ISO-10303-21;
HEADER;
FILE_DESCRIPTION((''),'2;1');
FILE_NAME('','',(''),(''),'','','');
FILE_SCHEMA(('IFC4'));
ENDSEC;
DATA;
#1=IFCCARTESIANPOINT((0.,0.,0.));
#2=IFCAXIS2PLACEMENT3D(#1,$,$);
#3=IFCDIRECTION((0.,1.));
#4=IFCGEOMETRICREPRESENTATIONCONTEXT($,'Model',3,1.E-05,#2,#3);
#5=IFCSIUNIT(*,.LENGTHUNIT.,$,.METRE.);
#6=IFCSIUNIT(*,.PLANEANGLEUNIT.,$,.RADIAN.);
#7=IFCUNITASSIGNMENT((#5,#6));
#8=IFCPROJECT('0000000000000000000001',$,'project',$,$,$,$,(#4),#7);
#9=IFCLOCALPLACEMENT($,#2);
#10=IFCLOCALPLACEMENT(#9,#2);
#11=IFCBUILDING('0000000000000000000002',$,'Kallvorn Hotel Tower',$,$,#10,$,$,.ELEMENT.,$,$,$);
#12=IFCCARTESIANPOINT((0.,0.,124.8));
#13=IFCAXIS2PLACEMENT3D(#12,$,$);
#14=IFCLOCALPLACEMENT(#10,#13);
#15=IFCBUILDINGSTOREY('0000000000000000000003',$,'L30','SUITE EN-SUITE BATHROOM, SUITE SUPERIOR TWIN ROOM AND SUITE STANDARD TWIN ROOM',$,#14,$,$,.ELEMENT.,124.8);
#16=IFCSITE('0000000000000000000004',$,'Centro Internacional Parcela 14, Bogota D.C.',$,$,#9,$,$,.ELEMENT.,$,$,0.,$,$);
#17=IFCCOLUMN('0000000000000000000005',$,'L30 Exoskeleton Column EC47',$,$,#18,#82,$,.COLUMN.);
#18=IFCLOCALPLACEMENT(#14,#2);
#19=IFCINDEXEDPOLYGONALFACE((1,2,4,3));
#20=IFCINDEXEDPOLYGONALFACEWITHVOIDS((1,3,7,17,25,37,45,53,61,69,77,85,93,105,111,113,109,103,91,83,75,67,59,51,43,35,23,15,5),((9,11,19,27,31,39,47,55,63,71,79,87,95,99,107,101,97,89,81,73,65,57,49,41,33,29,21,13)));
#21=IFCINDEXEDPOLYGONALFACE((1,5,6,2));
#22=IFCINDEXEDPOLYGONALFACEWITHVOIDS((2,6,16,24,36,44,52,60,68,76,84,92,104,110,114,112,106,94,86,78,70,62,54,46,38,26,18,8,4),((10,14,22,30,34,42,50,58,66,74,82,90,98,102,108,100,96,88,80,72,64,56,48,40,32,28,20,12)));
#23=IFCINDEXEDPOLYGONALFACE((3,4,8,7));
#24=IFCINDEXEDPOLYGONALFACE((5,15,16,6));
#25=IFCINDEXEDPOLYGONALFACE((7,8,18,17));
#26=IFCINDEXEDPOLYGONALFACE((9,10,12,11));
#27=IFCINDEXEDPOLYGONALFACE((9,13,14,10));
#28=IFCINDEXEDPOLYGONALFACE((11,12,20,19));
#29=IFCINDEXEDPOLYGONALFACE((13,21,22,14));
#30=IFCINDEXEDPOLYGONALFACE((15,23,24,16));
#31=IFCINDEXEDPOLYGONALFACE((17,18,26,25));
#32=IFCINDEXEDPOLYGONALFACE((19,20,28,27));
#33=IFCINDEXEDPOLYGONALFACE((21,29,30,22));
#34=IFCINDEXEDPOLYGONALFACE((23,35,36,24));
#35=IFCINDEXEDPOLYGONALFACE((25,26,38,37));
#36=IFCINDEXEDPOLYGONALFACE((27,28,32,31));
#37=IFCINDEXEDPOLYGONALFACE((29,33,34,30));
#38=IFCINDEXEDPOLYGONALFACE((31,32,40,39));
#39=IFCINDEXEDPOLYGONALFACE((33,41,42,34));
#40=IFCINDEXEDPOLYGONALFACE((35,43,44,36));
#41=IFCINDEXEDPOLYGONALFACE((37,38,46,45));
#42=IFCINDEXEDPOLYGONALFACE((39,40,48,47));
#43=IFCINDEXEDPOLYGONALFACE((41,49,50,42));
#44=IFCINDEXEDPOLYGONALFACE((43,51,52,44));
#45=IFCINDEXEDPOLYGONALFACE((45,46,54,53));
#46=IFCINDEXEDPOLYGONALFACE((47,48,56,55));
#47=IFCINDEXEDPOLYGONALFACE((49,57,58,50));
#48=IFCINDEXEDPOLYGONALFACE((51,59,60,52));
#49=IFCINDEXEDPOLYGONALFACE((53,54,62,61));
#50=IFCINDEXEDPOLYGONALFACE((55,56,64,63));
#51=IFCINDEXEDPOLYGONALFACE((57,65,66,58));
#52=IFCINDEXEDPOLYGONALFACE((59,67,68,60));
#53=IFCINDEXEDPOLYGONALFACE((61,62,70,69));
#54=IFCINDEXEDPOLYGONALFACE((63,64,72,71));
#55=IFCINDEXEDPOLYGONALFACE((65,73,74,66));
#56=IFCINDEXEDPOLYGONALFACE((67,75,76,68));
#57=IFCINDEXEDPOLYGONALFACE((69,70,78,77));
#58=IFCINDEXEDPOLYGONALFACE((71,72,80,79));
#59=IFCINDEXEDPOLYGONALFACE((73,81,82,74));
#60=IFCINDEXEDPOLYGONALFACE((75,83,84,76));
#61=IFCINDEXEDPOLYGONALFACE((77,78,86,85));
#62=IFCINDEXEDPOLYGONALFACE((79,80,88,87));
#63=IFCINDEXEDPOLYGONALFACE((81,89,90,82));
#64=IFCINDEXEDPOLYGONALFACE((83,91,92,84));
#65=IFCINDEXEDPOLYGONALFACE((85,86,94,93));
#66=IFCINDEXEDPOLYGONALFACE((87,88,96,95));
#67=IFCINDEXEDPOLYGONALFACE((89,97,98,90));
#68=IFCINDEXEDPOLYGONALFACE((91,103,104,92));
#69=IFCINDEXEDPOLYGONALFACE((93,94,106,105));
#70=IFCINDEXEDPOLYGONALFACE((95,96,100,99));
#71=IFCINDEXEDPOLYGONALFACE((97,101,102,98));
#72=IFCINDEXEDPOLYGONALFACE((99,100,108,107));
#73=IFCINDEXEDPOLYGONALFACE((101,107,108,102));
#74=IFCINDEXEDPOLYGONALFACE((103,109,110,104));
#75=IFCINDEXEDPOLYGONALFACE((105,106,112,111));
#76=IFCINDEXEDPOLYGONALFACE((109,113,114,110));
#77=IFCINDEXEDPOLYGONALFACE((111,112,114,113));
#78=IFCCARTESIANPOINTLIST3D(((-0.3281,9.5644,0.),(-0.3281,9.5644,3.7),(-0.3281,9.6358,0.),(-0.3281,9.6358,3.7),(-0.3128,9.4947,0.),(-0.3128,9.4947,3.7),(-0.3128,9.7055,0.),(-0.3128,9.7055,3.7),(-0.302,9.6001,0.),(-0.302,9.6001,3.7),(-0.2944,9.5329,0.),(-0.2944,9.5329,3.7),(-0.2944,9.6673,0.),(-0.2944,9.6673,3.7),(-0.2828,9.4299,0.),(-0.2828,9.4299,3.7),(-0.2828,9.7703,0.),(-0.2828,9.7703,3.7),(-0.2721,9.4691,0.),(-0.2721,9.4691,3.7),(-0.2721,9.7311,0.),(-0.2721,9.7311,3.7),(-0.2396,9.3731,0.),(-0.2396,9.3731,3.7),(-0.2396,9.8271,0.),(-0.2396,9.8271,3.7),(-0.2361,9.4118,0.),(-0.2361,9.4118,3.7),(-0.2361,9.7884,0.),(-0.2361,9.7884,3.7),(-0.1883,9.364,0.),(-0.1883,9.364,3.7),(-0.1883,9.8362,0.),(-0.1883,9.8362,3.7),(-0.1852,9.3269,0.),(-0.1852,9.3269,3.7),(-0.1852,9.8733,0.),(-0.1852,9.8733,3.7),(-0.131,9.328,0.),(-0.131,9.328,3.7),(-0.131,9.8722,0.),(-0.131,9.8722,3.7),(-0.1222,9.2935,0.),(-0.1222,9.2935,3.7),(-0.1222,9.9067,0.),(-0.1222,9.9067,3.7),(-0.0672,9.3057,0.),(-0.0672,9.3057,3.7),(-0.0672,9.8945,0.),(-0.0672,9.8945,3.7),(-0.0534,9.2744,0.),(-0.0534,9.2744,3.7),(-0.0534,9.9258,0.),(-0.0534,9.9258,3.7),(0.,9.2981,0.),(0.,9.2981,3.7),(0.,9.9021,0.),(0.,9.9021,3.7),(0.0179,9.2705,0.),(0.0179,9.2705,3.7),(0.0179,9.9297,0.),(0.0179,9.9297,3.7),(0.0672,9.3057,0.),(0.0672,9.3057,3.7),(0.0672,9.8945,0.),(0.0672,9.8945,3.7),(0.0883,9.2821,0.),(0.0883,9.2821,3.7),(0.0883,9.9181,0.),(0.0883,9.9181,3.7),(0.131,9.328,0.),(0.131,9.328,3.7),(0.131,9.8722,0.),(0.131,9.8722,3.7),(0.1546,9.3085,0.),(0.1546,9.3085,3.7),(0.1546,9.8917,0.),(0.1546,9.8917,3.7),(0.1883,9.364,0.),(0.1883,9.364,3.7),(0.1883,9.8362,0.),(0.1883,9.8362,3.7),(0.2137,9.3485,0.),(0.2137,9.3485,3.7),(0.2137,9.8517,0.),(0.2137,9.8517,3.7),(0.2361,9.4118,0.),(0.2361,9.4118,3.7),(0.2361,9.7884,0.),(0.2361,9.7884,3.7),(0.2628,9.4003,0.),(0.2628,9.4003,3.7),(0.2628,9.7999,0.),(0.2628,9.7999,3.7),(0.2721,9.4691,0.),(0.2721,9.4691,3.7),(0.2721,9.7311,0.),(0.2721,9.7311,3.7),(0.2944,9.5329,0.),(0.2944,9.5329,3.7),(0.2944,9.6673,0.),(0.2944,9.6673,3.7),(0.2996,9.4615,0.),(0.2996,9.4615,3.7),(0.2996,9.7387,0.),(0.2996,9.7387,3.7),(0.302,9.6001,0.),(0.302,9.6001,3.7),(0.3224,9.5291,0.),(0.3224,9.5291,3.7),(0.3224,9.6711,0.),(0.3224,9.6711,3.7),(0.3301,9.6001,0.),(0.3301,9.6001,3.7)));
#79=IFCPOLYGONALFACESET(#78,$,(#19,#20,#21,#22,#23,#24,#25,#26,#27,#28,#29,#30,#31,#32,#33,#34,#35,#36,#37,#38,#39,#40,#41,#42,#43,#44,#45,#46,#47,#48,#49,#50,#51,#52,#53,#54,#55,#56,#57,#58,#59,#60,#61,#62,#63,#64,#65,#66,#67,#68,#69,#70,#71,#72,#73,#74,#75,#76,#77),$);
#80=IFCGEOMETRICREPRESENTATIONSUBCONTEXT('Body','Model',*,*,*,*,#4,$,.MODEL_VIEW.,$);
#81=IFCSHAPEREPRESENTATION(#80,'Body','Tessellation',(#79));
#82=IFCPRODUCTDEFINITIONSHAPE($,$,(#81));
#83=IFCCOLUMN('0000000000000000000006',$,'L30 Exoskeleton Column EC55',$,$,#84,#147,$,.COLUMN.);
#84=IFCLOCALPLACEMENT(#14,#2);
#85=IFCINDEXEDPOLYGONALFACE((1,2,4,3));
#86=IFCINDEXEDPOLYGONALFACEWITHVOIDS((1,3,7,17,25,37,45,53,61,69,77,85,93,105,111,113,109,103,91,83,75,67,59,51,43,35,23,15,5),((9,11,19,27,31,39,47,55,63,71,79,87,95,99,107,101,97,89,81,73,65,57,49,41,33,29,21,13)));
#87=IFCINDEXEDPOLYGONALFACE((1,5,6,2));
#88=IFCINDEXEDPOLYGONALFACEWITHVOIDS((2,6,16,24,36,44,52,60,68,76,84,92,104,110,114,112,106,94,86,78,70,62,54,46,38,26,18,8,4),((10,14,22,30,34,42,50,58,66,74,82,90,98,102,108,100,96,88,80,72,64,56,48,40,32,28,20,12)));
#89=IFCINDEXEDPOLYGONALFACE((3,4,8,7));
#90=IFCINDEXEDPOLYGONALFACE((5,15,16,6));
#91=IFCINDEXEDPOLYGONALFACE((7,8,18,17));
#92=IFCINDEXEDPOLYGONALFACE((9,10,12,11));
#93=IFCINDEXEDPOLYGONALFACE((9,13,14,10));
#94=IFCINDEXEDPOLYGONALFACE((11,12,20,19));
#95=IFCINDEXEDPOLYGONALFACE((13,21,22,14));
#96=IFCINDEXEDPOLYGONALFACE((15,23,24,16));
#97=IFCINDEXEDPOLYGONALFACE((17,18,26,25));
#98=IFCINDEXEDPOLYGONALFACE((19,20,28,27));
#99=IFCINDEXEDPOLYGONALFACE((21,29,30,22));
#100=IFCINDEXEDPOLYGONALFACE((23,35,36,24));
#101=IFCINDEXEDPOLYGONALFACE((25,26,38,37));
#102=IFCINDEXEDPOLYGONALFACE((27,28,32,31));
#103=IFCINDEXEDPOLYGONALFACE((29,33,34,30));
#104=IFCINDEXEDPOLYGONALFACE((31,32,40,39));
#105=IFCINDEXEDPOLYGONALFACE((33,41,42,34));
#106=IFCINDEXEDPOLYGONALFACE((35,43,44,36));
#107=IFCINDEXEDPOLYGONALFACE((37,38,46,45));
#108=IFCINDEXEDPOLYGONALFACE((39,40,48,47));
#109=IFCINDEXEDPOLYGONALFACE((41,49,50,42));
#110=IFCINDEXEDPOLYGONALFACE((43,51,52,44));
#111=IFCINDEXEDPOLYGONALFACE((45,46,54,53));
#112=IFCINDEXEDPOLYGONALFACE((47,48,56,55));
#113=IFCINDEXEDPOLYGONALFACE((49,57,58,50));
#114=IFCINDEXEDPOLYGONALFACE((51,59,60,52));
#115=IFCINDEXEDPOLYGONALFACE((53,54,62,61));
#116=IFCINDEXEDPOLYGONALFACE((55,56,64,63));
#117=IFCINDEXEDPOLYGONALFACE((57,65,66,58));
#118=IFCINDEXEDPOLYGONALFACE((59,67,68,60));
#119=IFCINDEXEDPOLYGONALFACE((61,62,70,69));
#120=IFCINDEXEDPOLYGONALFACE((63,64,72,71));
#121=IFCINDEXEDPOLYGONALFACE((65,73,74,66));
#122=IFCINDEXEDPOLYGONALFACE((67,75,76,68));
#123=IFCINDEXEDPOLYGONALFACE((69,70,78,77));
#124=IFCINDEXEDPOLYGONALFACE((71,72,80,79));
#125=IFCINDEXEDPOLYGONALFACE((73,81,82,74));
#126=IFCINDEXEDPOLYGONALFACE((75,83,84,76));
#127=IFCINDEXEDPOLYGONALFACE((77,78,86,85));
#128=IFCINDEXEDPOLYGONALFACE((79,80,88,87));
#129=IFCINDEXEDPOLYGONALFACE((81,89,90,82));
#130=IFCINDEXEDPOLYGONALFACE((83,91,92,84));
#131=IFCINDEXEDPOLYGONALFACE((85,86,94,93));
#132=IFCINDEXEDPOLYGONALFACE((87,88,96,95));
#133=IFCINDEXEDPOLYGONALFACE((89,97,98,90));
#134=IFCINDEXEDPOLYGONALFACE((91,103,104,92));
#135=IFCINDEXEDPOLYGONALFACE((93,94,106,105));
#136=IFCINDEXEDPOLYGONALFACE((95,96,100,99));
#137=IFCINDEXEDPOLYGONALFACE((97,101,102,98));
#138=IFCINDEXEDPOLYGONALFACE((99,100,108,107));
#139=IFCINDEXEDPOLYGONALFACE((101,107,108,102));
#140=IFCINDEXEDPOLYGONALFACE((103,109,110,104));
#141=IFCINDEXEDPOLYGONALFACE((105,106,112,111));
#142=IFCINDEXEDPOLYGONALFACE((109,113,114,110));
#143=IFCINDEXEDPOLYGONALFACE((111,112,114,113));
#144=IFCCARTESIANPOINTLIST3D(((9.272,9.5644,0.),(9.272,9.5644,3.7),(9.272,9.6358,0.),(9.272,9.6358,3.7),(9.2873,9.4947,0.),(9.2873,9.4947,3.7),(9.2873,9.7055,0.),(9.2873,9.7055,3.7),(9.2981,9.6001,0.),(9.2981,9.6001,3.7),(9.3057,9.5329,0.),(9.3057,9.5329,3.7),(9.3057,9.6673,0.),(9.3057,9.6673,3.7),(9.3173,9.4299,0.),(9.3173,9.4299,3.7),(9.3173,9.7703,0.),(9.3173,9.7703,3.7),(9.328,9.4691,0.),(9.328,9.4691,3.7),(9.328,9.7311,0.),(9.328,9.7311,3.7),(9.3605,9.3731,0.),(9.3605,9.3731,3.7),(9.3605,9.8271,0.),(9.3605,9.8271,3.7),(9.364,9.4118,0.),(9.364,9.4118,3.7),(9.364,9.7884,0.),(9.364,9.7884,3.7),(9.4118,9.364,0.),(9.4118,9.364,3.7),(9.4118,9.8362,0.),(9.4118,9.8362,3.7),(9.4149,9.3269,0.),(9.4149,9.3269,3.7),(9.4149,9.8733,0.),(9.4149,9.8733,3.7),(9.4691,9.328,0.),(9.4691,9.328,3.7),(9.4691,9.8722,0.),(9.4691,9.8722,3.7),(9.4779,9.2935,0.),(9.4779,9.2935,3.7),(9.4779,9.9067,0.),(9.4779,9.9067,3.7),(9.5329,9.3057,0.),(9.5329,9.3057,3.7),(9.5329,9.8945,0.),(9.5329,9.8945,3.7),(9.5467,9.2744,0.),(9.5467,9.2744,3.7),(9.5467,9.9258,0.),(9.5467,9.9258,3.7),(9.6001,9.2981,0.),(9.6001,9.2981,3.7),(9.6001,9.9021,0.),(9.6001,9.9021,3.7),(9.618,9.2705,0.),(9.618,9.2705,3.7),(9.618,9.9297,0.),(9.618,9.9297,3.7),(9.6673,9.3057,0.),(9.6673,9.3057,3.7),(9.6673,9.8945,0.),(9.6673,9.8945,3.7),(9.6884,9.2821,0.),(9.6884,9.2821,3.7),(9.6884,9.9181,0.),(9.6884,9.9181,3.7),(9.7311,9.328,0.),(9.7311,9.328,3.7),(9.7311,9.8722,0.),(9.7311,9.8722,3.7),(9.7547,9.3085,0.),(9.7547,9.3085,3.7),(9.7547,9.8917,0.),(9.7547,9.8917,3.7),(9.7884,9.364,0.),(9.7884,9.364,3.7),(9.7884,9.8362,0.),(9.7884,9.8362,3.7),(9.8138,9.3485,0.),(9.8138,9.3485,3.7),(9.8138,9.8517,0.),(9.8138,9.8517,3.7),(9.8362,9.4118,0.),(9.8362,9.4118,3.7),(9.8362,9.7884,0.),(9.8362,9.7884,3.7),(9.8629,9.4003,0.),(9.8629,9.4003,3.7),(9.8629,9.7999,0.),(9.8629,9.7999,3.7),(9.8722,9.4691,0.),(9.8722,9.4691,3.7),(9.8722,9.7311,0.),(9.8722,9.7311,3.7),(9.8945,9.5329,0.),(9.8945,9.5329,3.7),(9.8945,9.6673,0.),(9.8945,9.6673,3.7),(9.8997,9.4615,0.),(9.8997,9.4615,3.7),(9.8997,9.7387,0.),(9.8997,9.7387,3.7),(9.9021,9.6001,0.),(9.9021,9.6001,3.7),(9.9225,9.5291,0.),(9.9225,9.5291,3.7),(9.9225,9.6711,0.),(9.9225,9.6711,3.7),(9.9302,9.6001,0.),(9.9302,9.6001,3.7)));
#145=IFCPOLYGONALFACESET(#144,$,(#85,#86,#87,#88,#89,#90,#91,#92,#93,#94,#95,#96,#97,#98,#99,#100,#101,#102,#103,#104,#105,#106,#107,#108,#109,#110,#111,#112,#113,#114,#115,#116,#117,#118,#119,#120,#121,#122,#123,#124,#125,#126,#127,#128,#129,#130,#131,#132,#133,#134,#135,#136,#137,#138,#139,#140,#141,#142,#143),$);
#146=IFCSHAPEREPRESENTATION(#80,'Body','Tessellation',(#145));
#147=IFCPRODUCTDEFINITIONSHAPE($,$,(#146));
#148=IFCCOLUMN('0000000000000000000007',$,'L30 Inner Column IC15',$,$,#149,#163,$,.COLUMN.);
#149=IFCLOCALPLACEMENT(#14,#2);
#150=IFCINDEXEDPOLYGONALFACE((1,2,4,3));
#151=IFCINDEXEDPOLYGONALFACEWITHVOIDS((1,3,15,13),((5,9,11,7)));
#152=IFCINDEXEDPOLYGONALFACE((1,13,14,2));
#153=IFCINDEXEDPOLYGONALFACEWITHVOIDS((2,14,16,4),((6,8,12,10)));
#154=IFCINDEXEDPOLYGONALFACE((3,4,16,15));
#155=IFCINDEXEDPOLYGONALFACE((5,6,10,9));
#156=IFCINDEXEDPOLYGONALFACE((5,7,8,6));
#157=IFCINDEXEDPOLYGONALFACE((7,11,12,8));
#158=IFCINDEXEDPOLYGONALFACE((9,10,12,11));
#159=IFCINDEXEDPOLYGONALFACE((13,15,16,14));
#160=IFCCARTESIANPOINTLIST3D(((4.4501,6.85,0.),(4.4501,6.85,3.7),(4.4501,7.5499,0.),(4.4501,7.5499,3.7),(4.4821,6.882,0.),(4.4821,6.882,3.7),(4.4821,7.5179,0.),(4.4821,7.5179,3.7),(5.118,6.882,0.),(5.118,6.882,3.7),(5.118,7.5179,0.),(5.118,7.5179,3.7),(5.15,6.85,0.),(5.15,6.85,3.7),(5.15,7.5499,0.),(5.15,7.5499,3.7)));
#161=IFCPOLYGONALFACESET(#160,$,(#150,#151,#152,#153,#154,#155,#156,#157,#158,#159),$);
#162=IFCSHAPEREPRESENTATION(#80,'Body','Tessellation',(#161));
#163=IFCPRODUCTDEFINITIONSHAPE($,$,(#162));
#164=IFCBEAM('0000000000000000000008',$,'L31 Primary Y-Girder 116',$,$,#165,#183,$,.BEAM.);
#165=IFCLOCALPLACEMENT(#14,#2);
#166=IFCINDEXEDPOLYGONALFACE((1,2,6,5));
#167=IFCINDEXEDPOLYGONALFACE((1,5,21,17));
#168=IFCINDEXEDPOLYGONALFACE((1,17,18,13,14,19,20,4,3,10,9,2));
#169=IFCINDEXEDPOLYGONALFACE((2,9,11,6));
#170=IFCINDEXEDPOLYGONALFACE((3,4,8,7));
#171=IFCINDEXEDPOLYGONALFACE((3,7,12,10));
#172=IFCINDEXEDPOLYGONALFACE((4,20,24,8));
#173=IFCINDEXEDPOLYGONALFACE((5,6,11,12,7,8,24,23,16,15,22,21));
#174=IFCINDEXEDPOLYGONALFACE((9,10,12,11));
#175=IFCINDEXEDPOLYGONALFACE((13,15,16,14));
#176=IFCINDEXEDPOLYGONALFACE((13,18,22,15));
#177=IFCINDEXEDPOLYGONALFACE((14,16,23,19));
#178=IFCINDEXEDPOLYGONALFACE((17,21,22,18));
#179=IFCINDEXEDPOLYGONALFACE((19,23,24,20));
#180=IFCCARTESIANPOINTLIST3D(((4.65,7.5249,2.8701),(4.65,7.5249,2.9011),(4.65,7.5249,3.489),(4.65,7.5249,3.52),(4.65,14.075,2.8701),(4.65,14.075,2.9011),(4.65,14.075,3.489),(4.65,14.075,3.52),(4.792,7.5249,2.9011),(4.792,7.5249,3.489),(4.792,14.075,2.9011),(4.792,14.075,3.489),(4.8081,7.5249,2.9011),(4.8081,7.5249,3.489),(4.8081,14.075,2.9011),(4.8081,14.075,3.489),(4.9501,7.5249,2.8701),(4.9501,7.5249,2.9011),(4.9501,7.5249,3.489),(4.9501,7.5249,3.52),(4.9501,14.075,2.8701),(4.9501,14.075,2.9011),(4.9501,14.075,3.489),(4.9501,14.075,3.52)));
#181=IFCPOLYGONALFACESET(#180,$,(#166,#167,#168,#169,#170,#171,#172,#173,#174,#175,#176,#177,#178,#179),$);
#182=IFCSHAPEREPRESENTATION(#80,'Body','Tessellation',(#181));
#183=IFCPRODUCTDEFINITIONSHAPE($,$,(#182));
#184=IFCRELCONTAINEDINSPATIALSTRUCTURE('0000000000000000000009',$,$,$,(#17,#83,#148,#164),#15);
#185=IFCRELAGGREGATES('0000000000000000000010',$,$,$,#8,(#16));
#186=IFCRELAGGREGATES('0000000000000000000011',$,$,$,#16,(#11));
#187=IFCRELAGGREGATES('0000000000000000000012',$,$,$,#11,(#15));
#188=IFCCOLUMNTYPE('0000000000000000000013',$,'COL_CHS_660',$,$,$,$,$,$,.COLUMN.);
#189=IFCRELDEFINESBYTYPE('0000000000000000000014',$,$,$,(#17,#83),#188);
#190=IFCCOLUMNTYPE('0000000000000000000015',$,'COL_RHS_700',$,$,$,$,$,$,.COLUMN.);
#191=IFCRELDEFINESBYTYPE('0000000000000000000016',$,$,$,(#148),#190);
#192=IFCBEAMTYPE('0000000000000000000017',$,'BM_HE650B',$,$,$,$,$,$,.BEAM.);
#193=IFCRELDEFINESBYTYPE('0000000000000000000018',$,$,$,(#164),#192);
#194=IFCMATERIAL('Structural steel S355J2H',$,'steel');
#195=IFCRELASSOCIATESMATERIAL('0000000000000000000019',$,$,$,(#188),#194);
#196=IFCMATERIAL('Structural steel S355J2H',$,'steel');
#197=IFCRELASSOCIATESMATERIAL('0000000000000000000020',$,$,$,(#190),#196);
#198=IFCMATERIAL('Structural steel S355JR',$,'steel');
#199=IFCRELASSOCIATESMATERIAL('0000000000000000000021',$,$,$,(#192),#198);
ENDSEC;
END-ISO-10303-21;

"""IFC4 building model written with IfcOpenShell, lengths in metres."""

from ifc_helpers import new_model, si_unit, direction, frame, origin, origin_2d, place, context, subcontext, project, spatial, hollow_rectangle, hollow_circle, i_section, extrude, material, material_profile, profile_set, type_object, element, save


model = new_model("IFC4")

# Units and contexts
model_context = context("Model", 3, precision=1e-05, world=origin(), true_north=direction((0.0, 1.0)))
body_context = subcontext(model_context, "Body", "Model", "MODEL_VIEW")
ifc_project = project(units=[si_unit("LENGTHUNIT", "METRE"), si_unit("PLANEANGLEUNIT", "RADIAN")], contexts=[model_context])

# Site, building, storey
site_placement = place(None, origin())
site = spatial("IfcSite", under=ifc_project, at=site_placement, Name="Centro Internacional Parcela 14, Bogota D.C.", CompositionType="ELEMENT", RefElevation=0.0)
building_placement = place(site_placement, origin())
building = spatial("IfcBuilding", under=site, at=building_placement, Name="Kallvorn Hotel Tower", CompositionType="ELEMENT")
storey_placement = place(building_placement, frame((0.0, 0.0, 124.8)))
storey = spatial("IfcBuildingStorey", under=building, at=storey_placement, Name="L30", Description="SUITE EN-SUITE BATHROOM, SUITE SUPERIOR TWIN ROOM AND SUITE STANDARD TWIN ROOM", CompositionType="ELEMENT", Elevation=124.8)

# Columns
ifc_material_1 = material(Name="Structural steel S355J2H", Category="steel")
ifc_material_profile_1 = material_profile(ifc_material_1, hollow_circle(Radius=0.3301, WallThickness=0.0281, at=origin_2d()), Name="CHS 660x28")
ifc_profile_set_1 = profile_set([ifc_material_profile_1], Name="Structural steel S355J2H")
column_type_1 = type_object("IfcColumnType", Name="COL_CHS_660", PredefinedType="COLUMN", material=ifc_profile_set_1)
for number, where, z_axis, x_axis, name in (
    (1, (0.0, 9.6001, 0.0), (0.0, 0.0, 1.0), (1.0, 0.0, 0.0), "L30 Exoskeleton Column EC47"),
    (2, (9.6001, 9.6001, 0.0), (0.0, 0.0, 1.0), (1.0, 0.0, 0.0), "L30 Exoskeleton Column EC55"),
):
    element("IfcColumn", number, at=place(storey_placement, frame(where, z_axis=z_axis, x_axis=x_axis)), inside=storey, type_object=column_type_1, Name=name, PredefinedType="COLUMN", context=body_context, shape_type="SweptSolid", body=[
        extrude(hollow_circle(Radius=0.3301, WallThickness=0.0281, at=origin_2d()), origin(), (0.0, 0.0, 1.0), 3.7),
    ])
ifc_material_2 = material(Name="Structural steel S355J2H", Category="steel")
ifc_material_profile_2 = material_profile(ifc_material_2, hollow_rectangle(XDim=0.7, YDim=0.7, WallThickness=0.032, at=origin_2d()), Name="RHS 700x700x32")
ifc_profile_set_2 = profile_set([ifc_material_profile_2], Name="Structural steel S355J2H")
column_type_2 = type_object("IfcColumnType", Name="COL_RHS_700", PredefinedType="COLUMN", material=ifc_profile_set_2)
column_placement = place(storey_placement, frame((4.8, 7.2, 0.0), z_axis=(0.0, 0.0, 1.0), x_axis=(1.0, 0.0, 0.0)))
element("IfcColumn", 3, at=column_placement, inside=storey, type_object=column_type_2, Name="L30 Inner Column IC15", PredefinedType="COLUMN", context=body_context, shape_type="SweptSolid", body=[
    extrude(hollow_rectangle(XDim=0.7, YDim=0.7, WallThickness=0.032, at=origin_2d()), origin(), (0.0, 0.0, 1.0), 3.7),
])

# Beam
ifc_material_3 = material(Name="Structural steel S355JR", Category="steel")
ifc_material_profile_3 = material_profile(ifc_material_3, i_section(OverallWidth=0.3, OverallDepth=0.6499, WebThickness=0.0161, FlangeThickness=0.031, at=origin_2d()), Name="HE 650 B")
ifc_profile_set_3 = profile_set([ifc_material_profile_3], Name="Structural steel S355JR")
beam_type_1 = type_object("IfcBeamType", Name="BM_HE650B", PredefinedType="BEAM", material=ifc_profile_set_3)
beam_1_placement = place(storey_placement, frame((4.8, 7.5249, 3.1951), z_axis=(0.0, 1.0, 0.0), x_axis=(-1.0, 0.0, 0.0)))
element("IfcBeam", 4, at=beam_1_placement, inside=storey, type_object=beam_type_1, Name="L31 Primary Y-Girder 116", PredefinedType="BEAM", context=body_context, shape_type="SweptSolid", body=[
    extrude(i_section(OverallWidth=0.3, OverallDepth=0.6499, WebThickness=0.0161, FlangeThickness=0.031, at=origin_2d()), origin(), (0.0, 0.0, 1.0), 6.55),
])

save(model, "model.ifc")
